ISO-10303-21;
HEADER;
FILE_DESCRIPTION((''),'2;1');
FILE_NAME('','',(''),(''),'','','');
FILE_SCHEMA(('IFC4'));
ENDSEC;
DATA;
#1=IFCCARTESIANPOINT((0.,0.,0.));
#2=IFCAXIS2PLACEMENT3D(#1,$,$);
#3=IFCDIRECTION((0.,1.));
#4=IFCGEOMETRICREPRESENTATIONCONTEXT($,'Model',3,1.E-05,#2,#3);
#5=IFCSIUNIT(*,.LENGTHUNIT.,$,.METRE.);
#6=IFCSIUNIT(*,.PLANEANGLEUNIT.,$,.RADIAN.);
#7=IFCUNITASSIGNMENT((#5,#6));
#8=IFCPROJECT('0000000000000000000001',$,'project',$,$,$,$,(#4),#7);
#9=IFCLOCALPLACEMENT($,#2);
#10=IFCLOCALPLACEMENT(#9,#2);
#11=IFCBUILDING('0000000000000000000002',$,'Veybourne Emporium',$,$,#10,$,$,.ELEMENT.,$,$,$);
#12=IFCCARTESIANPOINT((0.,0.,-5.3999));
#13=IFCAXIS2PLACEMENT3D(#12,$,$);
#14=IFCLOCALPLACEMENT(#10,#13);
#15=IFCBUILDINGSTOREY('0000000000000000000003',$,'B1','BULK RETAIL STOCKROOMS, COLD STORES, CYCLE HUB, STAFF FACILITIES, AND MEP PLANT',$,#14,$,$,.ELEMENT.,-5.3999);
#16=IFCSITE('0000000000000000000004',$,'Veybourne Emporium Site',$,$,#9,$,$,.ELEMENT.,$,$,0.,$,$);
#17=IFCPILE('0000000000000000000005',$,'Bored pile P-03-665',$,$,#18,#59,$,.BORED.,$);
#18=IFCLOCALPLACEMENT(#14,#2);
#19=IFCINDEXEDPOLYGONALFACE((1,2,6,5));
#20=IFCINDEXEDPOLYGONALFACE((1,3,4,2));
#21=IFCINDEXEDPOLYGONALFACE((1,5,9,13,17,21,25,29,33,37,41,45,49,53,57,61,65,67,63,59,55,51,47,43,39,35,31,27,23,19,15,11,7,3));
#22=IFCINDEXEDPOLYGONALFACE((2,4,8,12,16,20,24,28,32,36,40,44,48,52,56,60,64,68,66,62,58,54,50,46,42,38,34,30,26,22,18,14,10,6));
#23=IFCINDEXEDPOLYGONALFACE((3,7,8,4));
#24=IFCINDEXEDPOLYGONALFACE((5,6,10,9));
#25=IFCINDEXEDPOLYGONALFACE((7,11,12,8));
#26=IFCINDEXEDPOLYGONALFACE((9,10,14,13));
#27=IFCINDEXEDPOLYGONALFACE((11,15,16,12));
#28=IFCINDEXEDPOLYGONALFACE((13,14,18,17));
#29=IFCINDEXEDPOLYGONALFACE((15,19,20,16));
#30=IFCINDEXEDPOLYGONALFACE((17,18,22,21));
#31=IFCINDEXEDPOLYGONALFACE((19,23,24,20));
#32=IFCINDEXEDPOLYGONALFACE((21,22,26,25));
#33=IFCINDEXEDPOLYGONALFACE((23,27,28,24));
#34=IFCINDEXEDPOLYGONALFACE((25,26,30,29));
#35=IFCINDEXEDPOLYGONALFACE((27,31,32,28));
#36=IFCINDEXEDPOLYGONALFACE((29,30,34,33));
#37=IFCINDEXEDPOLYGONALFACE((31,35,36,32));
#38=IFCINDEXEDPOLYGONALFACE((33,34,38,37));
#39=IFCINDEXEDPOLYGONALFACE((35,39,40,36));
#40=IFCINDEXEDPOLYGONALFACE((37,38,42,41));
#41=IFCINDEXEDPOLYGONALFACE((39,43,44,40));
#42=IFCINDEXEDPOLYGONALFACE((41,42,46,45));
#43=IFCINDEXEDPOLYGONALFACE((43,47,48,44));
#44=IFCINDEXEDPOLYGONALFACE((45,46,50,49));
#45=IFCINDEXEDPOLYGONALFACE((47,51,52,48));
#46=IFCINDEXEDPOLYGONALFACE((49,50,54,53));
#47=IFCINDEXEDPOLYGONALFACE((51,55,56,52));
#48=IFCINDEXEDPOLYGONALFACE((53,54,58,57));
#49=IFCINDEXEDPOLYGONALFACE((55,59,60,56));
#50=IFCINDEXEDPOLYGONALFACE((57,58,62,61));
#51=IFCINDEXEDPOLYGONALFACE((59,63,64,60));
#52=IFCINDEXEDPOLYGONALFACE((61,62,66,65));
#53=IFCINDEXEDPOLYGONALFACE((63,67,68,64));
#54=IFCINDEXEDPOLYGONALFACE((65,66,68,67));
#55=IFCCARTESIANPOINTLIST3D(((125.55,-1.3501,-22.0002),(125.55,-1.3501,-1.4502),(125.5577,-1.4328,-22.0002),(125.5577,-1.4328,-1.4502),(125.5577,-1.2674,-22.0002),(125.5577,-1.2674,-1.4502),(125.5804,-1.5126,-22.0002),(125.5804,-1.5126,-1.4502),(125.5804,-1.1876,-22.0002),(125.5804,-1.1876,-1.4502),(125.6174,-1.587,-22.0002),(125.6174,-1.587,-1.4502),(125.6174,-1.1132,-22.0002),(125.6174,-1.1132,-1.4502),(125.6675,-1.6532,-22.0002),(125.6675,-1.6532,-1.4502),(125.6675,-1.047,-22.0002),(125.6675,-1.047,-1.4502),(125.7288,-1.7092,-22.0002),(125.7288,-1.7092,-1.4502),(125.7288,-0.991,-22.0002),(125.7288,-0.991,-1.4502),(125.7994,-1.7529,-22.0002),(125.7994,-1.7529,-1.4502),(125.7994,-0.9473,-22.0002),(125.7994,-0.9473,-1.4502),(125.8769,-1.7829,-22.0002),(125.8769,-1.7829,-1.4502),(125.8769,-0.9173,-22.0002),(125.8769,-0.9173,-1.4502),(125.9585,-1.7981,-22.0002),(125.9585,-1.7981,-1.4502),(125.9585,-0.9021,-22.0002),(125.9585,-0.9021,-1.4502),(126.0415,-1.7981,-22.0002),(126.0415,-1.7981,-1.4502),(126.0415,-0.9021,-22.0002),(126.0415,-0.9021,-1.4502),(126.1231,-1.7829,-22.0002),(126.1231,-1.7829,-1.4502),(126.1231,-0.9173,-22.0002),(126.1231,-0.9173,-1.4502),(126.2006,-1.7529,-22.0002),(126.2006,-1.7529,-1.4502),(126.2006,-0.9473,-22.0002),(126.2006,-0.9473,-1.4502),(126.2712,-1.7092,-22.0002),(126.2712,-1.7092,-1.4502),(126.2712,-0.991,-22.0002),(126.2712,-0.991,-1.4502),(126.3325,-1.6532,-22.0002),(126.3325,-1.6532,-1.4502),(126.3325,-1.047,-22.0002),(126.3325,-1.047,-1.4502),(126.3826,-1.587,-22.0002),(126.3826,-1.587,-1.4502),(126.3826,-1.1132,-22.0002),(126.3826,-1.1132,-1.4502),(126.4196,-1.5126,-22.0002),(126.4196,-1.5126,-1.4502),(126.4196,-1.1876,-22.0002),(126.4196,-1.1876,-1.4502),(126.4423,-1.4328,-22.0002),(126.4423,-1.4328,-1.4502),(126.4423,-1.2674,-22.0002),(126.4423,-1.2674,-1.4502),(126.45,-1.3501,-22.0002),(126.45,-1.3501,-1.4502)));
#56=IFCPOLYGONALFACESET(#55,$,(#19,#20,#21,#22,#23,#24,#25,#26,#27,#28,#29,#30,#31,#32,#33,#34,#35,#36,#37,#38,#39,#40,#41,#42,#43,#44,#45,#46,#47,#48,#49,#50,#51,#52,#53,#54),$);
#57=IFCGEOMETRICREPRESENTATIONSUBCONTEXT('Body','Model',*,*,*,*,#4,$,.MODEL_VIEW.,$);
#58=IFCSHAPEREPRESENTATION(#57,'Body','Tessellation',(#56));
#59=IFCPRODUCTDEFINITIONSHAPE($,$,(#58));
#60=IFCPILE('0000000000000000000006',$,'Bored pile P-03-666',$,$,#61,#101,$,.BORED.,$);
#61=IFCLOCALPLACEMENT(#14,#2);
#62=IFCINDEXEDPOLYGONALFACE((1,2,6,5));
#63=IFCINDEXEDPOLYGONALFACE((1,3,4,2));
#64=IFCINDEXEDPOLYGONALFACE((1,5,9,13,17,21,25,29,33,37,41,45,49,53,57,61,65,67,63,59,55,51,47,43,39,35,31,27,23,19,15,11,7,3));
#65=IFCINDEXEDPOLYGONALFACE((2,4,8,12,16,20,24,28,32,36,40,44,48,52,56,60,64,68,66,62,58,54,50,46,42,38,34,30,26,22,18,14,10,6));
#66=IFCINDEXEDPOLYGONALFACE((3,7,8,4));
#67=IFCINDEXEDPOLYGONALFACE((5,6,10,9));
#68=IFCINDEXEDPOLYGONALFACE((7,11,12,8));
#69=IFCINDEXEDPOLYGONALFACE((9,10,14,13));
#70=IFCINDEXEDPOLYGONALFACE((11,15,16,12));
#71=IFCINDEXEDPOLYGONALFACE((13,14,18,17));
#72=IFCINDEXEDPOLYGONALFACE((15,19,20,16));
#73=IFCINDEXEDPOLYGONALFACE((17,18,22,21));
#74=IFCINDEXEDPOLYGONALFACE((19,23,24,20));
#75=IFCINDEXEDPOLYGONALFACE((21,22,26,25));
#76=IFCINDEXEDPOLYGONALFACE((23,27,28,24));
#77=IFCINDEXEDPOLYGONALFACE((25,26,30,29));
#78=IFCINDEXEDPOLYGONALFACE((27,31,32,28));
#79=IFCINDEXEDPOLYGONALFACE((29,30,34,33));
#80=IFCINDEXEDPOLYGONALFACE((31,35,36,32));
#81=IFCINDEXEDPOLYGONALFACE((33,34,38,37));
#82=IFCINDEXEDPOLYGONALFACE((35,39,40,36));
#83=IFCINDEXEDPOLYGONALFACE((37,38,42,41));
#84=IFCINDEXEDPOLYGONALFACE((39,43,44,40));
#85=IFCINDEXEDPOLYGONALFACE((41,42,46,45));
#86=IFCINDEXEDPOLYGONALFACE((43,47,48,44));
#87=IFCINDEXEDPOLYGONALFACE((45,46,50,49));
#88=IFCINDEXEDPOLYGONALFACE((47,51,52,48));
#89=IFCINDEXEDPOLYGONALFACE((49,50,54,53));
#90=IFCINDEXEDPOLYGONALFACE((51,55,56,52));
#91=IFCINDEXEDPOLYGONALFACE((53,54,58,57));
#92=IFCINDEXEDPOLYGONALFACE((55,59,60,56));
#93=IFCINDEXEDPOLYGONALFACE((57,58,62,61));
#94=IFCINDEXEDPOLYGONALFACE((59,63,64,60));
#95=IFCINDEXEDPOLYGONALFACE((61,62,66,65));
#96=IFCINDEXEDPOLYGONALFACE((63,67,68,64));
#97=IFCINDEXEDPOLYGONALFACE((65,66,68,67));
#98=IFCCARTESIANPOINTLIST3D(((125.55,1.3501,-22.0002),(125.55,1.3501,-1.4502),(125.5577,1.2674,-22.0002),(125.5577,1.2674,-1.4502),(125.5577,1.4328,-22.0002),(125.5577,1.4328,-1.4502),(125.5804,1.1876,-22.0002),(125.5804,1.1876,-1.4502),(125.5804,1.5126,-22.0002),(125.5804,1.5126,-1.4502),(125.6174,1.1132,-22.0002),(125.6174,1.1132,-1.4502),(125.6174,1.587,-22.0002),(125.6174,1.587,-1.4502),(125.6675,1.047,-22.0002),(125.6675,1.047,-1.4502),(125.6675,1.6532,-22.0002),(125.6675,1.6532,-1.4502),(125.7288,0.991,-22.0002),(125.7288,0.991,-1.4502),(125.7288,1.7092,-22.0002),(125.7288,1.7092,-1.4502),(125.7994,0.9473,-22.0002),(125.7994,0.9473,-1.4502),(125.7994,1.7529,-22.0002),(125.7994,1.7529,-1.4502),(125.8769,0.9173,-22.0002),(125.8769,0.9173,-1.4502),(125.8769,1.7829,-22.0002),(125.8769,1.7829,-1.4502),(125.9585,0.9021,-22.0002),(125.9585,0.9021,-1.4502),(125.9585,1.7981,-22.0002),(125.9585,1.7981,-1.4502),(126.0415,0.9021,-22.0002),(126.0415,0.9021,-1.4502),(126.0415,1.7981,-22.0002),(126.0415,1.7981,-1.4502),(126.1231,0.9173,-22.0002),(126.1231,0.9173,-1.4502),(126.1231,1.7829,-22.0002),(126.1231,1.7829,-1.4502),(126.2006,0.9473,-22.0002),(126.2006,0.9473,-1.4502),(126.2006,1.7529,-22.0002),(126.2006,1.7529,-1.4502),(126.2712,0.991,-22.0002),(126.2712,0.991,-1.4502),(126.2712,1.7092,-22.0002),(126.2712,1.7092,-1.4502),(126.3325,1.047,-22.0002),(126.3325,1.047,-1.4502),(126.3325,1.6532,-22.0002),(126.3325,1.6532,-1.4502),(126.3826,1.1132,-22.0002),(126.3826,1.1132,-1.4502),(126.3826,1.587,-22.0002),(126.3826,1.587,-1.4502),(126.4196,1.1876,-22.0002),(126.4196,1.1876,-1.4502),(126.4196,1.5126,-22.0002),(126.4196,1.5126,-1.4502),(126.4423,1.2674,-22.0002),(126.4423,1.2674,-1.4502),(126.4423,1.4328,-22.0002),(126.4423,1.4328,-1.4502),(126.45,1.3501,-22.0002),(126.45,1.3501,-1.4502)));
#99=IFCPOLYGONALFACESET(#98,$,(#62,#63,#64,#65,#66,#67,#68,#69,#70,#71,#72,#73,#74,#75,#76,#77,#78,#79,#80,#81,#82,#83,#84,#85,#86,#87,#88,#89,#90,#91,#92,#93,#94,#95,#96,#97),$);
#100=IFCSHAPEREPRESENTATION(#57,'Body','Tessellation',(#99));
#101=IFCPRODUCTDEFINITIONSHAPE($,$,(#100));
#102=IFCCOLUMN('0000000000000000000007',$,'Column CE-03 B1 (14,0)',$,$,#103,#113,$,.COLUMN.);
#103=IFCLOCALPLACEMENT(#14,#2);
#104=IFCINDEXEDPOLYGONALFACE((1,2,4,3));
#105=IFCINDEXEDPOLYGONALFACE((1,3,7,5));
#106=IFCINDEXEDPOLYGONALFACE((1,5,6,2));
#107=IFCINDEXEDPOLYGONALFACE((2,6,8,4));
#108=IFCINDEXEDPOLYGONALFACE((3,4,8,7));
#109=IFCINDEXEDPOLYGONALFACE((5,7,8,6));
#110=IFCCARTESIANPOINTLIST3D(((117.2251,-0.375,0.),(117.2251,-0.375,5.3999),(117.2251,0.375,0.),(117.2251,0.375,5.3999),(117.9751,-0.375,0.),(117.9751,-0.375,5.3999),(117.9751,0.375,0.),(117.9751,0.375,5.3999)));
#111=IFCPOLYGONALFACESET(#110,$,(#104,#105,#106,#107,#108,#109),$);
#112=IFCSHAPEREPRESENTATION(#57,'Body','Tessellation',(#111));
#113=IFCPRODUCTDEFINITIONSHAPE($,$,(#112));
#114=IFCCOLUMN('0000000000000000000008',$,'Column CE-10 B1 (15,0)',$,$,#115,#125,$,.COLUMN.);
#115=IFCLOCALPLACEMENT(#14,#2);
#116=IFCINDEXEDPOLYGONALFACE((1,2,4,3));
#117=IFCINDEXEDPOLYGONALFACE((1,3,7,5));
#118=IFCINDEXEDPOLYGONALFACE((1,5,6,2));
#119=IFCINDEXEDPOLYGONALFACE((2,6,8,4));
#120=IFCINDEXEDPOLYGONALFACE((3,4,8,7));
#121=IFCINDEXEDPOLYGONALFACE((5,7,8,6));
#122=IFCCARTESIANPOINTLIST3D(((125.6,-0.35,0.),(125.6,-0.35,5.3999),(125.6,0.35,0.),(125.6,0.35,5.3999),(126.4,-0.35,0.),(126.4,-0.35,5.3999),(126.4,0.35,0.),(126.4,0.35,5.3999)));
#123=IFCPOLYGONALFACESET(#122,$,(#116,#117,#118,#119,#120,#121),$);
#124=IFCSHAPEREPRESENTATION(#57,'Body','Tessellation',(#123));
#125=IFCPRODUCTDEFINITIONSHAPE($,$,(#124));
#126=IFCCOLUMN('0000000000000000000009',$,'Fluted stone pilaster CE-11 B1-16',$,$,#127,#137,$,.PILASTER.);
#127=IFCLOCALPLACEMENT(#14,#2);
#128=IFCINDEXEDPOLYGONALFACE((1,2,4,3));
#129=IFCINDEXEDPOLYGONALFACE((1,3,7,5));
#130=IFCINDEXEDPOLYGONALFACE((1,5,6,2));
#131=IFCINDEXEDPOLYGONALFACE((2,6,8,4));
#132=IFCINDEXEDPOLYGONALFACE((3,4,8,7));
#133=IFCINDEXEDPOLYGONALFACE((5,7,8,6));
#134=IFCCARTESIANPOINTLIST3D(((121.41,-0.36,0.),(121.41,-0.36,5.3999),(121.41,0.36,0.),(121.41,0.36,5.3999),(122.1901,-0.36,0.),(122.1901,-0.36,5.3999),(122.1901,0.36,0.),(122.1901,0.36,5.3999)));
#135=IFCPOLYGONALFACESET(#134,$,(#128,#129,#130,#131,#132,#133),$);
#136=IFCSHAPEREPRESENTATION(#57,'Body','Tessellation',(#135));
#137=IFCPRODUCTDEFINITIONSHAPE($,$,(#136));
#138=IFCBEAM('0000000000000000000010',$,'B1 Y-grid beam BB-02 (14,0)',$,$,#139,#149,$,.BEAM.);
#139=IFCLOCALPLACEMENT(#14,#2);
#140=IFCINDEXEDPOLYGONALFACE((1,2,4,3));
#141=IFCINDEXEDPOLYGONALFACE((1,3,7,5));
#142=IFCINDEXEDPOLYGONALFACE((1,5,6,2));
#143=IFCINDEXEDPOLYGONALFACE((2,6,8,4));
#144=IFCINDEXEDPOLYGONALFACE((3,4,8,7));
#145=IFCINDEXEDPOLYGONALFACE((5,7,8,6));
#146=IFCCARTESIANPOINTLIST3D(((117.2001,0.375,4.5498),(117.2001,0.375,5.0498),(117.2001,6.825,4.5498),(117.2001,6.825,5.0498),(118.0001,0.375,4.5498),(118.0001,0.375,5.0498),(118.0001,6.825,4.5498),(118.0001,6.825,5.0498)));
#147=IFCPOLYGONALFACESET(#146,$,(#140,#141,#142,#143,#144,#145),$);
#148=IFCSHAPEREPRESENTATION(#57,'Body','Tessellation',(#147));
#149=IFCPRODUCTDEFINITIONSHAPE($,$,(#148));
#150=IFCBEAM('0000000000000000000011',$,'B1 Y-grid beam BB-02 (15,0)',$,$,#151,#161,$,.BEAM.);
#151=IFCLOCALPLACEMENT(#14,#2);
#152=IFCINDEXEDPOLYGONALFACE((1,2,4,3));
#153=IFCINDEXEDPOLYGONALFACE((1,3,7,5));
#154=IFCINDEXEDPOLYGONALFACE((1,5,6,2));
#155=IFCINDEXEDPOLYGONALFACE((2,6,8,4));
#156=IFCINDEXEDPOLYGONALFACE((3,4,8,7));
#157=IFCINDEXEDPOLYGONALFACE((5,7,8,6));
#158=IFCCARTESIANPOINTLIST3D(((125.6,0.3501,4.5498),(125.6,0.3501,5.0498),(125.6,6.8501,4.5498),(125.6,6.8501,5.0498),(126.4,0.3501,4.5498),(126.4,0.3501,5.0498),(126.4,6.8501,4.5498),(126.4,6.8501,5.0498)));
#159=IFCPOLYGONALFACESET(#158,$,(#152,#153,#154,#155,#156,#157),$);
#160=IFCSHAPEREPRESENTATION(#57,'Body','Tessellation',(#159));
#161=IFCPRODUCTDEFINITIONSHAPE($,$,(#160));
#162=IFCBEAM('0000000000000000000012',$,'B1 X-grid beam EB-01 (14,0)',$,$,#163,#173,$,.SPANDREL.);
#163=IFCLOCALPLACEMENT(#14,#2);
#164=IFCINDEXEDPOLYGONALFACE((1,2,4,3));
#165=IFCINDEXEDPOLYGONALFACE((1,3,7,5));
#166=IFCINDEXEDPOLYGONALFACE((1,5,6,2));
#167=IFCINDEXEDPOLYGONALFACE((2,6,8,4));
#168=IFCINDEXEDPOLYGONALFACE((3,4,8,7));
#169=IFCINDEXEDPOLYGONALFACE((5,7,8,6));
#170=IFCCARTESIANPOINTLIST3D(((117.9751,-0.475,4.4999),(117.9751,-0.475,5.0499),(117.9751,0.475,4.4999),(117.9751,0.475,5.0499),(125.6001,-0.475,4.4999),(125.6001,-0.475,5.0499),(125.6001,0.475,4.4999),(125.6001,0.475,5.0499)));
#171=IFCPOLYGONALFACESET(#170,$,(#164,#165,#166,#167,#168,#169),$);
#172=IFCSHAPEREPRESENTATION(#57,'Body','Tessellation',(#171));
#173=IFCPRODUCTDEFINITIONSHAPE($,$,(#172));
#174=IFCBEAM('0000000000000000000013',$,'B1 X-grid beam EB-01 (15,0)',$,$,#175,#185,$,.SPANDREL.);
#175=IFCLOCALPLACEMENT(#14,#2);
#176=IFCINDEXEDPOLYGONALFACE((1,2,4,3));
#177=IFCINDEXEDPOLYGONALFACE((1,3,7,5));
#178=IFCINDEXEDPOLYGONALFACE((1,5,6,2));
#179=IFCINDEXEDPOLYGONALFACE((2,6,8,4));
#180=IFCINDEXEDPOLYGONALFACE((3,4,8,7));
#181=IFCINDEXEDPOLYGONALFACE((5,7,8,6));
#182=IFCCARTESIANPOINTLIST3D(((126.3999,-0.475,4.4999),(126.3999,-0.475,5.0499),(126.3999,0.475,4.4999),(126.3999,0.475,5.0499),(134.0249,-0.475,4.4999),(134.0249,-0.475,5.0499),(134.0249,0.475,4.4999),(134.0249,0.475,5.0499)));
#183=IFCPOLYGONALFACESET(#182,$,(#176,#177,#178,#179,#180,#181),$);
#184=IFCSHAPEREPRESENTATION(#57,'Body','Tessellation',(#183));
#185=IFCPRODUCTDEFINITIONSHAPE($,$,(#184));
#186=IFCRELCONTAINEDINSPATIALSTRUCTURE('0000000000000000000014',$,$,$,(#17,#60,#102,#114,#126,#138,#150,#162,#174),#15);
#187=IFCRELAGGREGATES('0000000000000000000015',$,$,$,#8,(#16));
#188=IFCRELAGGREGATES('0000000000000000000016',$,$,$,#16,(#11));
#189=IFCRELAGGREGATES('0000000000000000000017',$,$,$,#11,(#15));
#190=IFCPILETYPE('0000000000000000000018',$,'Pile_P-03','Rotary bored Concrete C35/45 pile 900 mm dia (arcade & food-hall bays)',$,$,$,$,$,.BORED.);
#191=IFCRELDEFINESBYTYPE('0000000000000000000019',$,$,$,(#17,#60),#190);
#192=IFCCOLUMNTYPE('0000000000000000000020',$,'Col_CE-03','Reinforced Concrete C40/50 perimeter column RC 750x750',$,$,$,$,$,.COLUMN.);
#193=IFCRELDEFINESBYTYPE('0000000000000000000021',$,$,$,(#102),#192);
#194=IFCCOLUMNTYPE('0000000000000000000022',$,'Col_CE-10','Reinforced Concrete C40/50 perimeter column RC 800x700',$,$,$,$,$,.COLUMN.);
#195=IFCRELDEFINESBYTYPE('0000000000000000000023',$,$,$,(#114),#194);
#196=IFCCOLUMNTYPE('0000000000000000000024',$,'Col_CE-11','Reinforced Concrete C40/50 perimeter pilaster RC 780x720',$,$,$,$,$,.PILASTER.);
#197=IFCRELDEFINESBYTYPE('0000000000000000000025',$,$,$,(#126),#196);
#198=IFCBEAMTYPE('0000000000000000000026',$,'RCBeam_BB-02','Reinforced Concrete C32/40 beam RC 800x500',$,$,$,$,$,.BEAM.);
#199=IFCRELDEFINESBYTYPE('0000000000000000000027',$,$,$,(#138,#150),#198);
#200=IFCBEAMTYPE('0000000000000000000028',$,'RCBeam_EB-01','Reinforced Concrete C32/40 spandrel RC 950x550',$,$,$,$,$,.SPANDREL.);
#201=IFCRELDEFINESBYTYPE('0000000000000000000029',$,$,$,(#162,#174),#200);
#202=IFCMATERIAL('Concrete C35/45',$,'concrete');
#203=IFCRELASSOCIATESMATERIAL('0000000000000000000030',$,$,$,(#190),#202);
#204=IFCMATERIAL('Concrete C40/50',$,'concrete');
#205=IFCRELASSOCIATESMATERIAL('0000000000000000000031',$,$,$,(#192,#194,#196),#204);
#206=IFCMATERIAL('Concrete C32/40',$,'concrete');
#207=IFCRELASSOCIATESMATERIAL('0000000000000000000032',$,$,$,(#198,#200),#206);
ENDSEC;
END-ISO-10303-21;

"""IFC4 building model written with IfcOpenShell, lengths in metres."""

from ifc_helpers import new_model, si_unit, direction, frame, origin, origin_2d, place, context, subcontext, project, spatial, rectangle, circle, extrude, material, material_profile, profile_set, type_object, element, save


model = new_model("IFC4")

# Units and contexts
model_context = context("Model", 3, precision=1e-05, world=origin(), true_north=direction((0.0, 1.0)))
body_context = subcontext(model_context, "Body", "Model", "MODEL_VIEW")
ifc_project = project(units=[si_unit("LENGTHUNIT", "METRE"), si_unit("PLANEANGLEUNIT", "RADIAN")], contexts=[model_context])

# Site, building, storey
site_placement = place(None, origin())
site = spatial("IfcSite", under=ifc_project, at=site_placement, Name="Veybourne Emporium Site", CompositionType="ELEMENT", RefElevation=0.0)
building_placement = place(site_placement, origin())
building = spatial("IfcBuilding", under=site, at=building_placement, Name="Veybourne Emporium", CompositionType="ELEMENT")
storey_placement = place(building_placement, frame((0.0, 0.0, -5.3999)))
storey = spatial("IfcBuildingStorey", under=building, at=storey_placement, Name="B1", Description="BULK RETAIL STOCKROOMS, COLD STORES, CYCLE HUB, STAFF FACILITIES, AND MEP PLANT", CompositionType="ELEMENT", Elevation=-5.3999)

# Shared definitions
ifc_material_1 = material(Name="Concrete C35/45", Category="concrete")

# Piles
ifc_material_profile_1 = material_profile(ifc_material_1, circle(Radius=0.45, at=origin_2d()), Name="BORED PILE 900")
ifc_profile_set_1 = profile_set([ifc_material_profile_1], Name="Concrete C35/45")
pile_type = type_object("IfcPileType", Name="Pile_P-03", Description="Rotary bored Concrete C35/45 pile 900 mm dia (arcade & food-hall bays)", PredefinedType="BORED", material=ifc_profile_set_1)
for number, where, z_axis, x_axis, name in (
    (1, (126.0, -1.3501, -1.4502), (0.0, 0.0, -1.0), (1.0, 0.0, 0.0), "Bored pile P-03-665"),
    (2, (126.0, 1.3501, -1.4502), (0.0, 0.0, -1.0), (1.0, 0.0, 0.0), "Bored pile P-03-666"),
):
    element("IfcPile", number, at=place(storey_placement, frame(where, z_axis=z_axis, x_axis=x_axis)), inside=storey, type_object=pile_type, Name=name, PredefinedType="BORED", context=body_context, shape_type="SweptSolid", body=[
        extrude(circle(Radius=0.45, at=origin_2d()), origin(), (0.0, 0.0, 1.0), 20.55),
    ])

# Columns
ifc_material_2 = material(Name="Concrete C40/50", Category="concrete")
ifc_material_profile_2 = material_profile(ifc_material_2, rectangle(XDim=0.75, YDim=0.75, at=origin_2d()), Name="RC 750x750")
ifc_profile_set_2 = profile_set([ifc_material_profile_2], Name="Concrete C40/50")
column_type_1 = type_object("IfcColumnType", Name="Col_CE-03", Description="Reinforced Concrete C40/50 perimeter column RC 750x750", PredefinedType="COLUMN", material=ifc_profile_set_2)
column_1_placement = place(storey_placement, frame((117.6001, 0.0, 0.0), z_axis=(0.0, 0.0, 1.0), x_axis=(1.0, 0.0, 0.0)))
element("IfcColumn", 3, at=column_1_placement, inside=storey, type_object=column_type_1, Name="Column CE-03 B1 (14,0)", PredefinedType="COLUMN", context=body_context, shape_type="SweptSolid", body=[
    extrude(rectangle(XDim=0.75, YDim=0.75, at=origin_2d()), origin(), (0.0, 0.0, 1.0), 5.3999),
])
ifc_material_profile_3 = material_profile(ifc_material_2, rectangle(XDim=0.8, YDim=0.7, at=origin_2d()), Name="RC 800x700")
ifc_profile_set_3 = profile_set([ifc_material_profile_3], Name="Concrete C40/50")
column_type_2 = type_object("IfcColumnType", Name="Col_CE-10", Description="Reinforced Concrete C40/50 perimeter column RC 800x700", PredefinedType="COLUMN", material=ifc_profile_set_3)
column_2_placement = place(storey_placement, frame((126.0, 0.0, 0.0), z_axis=(0.0, 0.0, 1.0), x_axis=(1.0, 0.0, 0.0)))
element("IfcColumn", 4, at=column_2_placement, inside=storey, type_object=column_type_2, Name="Column CE-10 B1 (15,0)", PredefinedType="COLUMN", context=body_context, shape_type="SweptSolid", body=[
    extrude(rectangle(XDim=0.8, YDim=0.7, at=origin_2d()), origin(), (0.0, 0.0, 1.0), 5.3999),
])
ifc_material_profile_4 = material_profile(ifc_material_2, rectangle(XDim=0.78, YDim=0.72, at=origin_2d()), Name="RC 780x720")
ifc_profile_set_4 = profile_set([ifc_material_profile_4], Name="Concrete C40/50")
column_type_3 = type_object("IfcColumnType", Name="Col_CE-11", Description="Reinforced Concrete C40/50 perimeter pilaster RC 780x720", PredefinedType="PILASTER", material=ifc_profile_set_4)
column_3_placement = place(storey_placement, frame((121.8, 0.0, 0.0), z_axis=(0.0, 0.0, 1.0), x_axis=(1.0, 0.0, 0.0)))
element("IfcColumn", 5, at=column_3_placement, inside=storey, type_object=column_type_3, Name="Fluted stone pilaster CE-11 B1-16", PredefinedType="PILASTER", context=body_context, shape_type="SweptSolid", body=[
    extrude(rectangle(XDim=0.78, YDim=0.72, at=origin_2d()), origin(), (0.0, 0.0, 1.0), 5.3999),
])

# Beams
ifc_material_3 = material(Name="Concrete C32/40", Category="concrete")
ifc_material_profile_5 = material_profile(ifc_material_3, rectangle(XDim=0.8, YDim=0.5, at=origin_2d()), Name="RC 800x500")
ifc_profile_set_5 = profile_set([ifc_material_profile_5], Name="Concrete C32/40")
beam_type_1 = type_object("IfcBeamType", Name="RCBeam_BB-02", Description="Reinforced Concrete C32/40 beam RC 800x500", PredefinedType="BEAM", material=ifc_profile_set_5)
beam_1_placement = place(storey_placement, frame((117.6001, 0.375, 4.7998), z_axis=(0.0, 1.0, 0.0), x_axis=(-1.0, 0.0, 0.0)))
element("IfcBeam", 6, at=beam_1_placement, inside=storey, type_object=beam_type_1, Name="B1 Y-grid beam BB-02 (14,0)", PredefinedType="BEAM", context=body_context, shape_type="SweptSolid", body=[
    extrude(rectangle(XDim=0.8, YDim=0.5, at=origin_2d()), origin(), (0.0, 0.0, 1.0), 6.45),
])
beam_2_placement = place(storey_placement, frame((126.0, 0.3501, 4.7998), z_axis=(0.0, 1.0, 0.0), x_axis=(-1.0, 0.0, 0.0)))
element("IfcBeam", 7, at=beam_2_placement, inside=storey, type_object=beam_type_1, Name="B1 Y-grid beam BB-02 (15,0)", PredefinedType="BEAM", context=body_context, shape_type="SweptSolid", body=[
    extrude(rectangle(XDim=0.8, YDim=0.5, at=origin_2d()), origin(), (0.0, 0.0, 1.0), 6.5),
])
ifc_material_profile_6 = material_profile(ifc_material_3, rectangle(XDim=0.95, YDim=0.55, at=origin_2d()), Name="RC 950x550")
ifc_profile_set_6 = profile_set([ifc_material_profile_6], Name="Concrete C32/40")
beam_type_2 = type_object("IfcBeamType", Name="RCBeam_EB-01", Description="Reinforced Concrete C32/40 spandrel RC 950x550", PredefinedType="SPANDREL", material=ifc_profile_set_6)
for number, where, z_axis, x_axis, name in (
    (8, (117.9751, 0.0, 4.7749), (1.0, 0.0, 0.0), (0.0, 1.0, 0.0), "B1 X-grid beam EB-01 (14,0)"),
    (9, (126.3999, 0.0, 4.7749), (1.0, 0.0, 0.0), (0.0, 1.0, 0.0), "B1 X-grid beam EB-01 (15,0)"),
):
    element("IfcBeam", number, at=place(storey_placement, frame(where, z_axis=z_axis, x_axis=x_axis)), inside=storey, type_object=beam_type_2, Name=name, PredefinedType="SPANDREL", context=body_context, shape_type="SweptSolid", body=[
        extrude(rectangle(XDim=0.95, YDim=0.55, at=origin_2d()), origin(), (0.0, 0.0, 1.0), 7.625),
    ])

save(model, "model.ifc")
